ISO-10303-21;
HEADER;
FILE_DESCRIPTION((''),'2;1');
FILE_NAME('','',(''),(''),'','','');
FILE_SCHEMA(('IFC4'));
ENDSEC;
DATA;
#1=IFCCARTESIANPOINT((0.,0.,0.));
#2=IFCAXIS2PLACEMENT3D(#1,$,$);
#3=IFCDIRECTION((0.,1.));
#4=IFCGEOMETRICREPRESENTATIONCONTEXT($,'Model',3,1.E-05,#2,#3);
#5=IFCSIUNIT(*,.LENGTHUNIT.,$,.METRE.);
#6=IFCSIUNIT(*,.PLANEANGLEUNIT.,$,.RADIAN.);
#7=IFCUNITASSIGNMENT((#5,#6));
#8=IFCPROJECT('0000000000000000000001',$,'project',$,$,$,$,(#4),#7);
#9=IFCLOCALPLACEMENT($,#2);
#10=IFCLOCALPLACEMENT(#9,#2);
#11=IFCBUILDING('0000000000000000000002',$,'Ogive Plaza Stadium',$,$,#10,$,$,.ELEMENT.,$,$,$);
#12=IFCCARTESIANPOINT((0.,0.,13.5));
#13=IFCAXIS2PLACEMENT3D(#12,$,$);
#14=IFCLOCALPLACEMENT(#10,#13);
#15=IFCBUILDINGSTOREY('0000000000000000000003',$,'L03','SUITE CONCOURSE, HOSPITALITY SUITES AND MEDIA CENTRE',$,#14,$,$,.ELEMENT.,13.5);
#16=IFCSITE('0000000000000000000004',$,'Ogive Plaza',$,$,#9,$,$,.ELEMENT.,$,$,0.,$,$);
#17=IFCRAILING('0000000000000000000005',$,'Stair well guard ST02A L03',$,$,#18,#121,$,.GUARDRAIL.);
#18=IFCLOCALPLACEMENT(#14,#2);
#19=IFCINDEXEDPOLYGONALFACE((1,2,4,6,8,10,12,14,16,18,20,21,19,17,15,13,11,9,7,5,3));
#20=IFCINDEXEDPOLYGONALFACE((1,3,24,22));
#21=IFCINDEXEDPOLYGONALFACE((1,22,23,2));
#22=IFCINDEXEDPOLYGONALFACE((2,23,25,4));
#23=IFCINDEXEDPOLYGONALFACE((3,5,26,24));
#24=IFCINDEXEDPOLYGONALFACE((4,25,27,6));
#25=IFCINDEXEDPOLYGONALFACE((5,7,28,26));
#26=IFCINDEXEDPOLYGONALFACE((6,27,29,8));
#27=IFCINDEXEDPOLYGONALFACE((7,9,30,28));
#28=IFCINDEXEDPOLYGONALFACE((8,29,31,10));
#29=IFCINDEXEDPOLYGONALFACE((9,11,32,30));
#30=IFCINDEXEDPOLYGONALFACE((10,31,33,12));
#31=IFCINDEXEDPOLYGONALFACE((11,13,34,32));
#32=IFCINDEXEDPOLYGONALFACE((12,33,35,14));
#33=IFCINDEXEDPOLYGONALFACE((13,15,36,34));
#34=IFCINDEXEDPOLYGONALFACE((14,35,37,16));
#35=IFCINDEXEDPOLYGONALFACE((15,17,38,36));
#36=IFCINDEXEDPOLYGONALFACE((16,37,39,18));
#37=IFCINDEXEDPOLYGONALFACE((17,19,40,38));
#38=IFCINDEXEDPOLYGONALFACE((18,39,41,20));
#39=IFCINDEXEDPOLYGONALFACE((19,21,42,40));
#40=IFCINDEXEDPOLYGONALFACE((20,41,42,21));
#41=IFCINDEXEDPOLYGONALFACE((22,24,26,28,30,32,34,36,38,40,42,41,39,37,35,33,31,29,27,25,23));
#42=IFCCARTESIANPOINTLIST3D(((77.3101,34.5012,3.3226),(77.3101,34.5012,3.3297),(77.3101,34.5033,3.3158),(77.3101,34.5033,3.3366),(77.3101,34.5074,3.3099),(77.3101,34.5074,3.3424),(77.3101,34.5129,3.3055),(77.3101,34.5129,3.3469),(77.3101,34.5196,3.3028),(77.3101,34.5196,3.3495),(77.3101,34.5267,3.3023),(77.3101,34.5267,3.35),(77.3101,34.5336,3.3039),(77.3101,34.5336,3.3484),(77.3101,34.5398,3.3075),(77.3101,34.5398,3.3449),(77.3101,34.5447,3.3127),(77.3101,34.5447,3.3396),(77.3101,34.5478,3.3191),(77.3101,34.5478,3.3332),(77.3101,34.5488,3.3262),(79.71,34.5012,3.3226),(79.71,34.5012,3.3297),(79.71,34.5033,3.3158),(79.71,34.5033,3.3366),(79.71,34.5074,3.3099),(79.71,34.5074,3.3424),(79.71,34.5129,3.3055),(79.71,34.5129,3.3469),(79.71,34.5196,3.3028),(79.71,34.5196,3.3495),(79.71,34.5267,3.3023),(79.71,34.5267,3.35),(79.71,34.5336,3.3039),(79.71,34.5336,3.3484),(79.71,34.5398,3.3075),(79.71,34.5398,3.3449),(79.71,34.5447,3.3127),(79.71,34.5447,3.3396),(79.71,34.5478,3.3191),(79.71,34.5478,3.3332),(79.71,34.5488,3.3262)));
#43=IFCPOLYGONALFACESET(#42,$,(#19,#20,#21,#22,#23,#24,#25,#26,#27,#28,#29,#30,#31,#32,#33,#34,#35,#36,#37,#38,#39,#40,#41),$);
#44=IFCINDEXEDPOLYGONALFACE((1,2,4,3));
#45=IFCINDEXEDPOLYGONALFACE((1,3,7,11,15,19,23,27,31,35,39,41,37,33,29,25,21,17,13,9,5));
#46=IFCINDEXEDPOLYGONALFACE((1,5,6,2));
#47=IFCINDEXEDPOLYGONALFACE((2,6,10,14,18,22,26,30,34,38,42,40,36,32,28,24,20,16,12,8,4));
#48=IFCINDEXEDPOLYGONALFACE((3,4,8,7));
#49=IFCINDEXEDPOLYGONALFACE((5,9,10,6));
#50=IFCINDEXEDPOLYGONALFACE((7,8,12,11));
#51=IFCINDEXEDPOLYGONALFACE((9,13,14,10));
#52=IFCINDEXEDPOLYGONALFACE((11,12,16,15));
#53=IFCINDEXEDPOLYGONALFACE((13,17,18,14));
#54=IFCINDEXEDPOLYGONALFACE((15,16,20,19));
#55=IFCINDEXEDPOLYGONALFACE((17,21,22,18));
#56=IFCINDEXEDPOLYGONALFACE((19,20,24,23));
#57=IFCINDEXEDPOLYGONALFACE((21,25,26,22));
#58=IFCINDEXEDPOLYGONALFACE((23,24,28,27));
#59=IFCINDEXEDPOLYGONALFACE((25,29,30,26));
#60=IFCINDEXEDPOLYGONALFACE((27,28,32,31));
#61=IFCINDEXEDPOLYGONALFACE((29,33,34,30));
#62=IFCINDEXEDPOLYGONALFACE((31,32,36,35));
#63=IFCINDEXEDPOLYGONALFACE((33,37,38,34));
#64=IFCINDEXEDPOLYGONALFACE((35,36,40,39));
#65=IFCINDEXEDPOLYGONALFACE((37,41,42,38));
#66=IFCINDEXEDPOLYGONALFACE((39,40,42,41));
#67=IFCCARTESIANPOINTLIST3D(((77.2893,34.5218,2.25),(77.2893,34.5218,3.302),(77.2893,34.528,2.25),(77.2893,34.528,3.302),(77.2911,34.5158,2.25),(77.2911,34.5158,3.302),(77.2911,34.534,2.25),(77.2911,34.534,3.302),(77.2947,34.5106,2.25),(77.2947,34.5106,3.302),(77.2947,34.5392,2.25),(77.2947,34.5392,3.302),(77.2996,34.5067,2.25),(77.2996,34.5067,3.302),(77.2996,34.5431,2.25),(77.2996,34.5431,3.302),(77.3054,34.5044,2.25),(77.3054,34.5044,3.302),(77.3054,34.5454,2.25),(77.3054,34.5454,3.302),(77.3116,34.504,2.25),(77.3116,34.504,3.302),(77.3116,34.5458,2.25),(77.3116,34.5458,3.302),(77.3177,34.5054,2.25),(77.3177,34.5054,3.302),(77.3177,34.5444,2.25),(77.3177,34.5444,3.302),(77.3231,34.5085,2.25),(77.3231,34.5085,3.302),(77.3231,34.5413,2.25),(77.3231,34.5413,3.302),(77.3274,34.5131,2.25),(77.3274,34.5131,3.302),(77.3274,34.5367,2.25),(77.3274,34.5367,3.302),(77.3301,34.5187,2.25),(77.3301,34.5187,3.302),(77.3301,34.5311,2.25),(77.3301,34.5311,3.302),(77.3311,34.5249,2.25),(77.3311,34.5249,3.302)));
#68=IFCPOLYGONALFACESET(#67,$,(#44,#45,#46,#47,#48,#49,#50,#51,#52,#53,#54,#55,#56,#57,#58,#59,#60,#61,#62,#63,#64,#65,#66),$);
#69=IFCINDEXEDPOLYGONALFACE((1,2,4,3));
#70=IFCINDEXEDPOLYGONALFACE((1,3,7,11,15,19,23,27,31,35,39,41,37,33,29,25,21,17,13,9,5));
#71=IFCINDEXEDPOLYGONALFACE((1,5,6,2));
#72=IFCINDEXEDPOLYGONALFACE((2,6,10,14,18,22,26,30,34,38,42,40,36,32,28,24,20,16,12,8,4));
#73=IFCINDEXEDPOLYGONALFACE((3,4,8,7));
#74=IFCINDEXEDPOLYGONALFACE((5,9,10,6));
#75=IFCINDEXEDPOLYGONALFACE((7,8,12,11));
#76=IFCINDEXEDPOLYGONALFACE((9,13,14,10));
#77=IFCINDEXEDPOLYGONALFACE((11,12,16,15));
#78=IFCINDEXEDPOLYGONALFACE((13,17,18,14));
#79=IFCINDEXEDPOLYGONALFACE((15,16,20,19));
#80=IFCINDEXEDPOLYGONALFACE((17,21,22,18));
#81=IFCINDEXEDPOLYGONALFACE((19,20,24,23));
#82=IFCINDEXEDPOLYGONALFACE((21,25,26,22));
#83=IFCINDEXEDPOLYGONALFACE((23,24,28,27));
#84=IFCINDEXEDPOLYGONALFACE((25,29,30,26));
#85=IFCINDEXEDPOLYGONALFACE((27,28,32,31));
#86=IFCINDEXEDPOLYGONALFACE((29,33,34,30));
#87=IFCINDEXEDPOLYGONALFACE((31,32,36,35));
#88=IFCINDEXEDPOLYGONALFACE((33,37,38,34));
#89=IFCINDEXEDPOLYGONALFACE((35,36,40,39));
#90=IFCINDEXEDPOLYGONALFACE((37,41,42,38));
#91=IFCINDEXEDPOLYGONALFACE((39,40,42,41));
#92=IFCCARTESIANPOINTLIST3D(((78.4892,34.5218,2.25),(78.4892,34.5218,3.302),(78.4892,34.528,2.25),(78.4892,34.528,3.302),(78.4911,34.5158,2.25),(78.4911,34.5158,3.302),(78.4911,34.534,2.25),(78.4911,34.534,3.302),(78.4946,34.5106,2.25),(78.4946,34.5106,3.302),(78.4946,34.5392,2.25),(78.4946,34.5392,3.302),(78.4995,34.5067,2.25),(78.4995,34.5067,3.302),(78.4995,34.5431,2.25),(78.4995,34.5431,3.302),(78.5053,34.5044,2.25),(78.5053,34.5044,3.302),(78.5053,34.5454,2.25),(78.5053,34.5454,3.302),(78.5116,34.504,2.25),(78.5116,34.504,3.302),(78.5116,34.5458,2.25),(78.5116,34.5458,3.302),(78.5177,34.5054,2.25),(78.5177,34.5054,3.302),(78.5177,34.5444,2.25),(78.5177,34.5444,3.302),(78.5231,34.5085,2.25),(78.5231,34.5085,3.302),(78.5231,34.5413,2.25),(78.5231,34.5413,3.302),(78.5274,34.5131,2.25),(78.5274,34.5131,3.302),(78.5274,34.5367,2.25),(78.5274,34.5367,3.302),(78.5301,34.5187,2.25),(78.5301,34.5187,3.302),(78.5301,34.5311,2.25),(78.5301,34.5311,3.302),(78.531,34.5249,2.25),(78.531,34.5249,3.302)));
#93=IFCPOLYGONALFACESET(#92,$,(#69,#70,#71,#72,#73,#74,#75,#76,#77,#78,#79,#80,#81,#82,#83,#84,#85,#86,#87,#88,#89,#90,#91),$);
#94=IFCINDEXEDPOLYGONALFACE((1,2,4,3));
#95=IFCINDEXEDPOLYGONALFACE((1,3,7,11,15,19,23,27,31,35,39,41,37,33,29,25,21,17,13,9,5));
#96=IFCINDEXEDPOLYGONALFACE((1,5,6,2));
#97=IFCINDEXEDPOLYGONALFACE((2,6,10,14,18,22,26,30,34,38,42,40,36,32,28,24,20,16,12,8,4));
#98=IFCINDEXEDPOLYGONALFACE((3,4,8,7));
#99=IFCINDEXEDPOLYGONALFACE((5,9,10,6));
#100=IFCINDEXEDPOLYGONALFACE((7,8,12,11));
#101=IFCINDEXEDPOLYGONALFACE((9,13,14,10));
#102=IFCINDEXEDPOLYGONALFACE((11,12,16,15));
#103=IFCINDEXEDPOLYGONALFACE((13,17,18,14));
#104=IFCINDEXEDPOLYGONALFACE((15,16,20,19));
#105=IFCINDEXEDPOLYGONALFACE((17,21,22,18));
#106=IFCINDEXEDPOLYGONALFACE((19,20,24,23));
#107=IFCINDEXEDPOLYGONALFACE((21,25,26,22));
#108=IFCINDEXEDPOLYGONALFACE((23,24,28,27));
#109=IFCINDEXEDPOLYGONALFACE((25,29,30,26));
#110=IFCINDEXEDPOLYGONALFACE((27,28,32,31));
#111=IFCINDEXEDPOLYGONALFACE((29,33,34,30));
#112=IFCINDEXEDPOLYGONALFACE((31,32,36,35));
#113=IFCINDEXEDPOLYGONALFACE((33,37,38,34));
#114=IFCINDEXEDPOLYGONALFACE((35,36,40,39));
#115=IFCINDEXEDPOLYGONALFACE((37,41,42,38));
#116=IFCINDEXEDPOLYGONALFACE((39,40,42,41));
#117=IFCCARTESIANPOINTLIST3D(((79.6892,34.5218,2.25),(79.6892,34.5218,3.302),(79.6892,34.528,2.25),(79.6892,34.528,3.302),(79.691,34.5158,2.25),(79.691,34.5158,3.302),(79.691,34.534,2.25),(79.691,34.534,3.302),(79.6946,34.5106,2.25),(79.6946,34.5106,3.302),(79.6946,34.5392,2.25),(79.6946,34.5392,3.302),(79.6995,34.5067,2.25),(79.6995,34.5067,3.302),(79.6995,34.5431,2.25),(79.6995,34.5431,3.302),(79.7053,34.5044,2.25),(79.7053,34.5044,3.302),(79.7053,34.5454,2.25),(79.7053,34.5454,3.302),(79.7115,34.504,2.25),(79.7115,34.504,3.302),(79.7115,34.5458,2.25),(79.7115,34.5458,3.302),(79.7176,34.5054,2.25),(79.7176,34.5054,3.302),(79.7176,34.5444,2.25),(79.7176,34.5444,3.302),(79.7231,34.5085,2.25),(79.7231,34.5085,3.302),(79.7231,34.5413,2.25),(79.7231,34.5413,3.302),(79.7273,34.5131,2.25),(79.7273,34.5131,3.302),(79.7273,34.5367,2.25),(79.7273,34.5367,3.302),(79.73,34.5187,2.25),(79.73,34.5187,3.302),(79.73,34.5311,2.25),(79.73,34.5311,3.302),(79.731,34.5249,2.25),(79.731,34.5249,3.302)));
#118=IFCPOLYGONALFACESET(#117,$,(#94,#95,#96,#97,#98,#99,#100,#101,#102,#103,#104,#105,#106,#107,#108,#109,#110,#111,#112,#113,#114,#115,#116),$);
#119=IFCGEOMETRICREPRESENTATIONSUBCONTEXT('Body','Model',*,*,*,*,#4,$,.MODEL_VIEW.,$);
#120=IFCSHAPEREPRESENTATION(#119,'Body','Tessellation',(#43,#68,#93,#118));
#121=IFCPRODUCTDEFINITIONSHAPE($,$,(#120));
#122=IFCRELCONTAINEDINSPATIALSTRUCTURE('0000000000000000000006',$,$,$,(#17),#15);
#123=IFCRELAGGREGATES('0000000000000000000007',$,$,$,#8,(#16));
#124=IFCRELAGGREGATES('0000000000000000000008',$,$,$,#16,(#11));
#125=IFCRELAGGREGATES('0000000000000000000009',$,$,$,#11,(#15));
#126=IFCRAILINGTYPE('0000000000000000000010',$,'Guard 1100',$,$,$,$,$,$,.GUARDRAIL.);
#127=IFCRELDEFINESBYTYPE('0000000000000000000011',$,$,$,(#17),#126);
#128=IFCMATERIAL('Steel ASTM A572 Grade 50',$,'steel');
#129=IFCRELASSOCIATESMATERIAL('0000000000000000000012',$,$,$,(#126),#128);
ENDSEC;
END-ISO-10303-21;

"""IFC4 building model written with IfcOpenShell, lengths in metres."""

from ifc_helpers import new_model, si_unit, direction, frame, origin, origin_2d, place, context, subcontext, project, spatial, circle, extrude, material, type_object, element, save


model = new_model("IFC4")

# Units and contexts
model_context = context("Model", 3, precision=1e-05, world=origin(), true_north=direction((0.0, 1.0)))
body_context = subcontext(model_context, "Body", "Model", "MODEL_VIEW")
ifc_project = project(units=[si_unit("LENGTHUNIT", "METRE"), si_unit("PLANEANGLEUNIT", "RADIAN")], contexts=[model_context])

# Site, building, storey
site_placement = place(None, origin())
site = spatial("IfcSite", under=ifc_project, at=site_placement, Name="Ogive Plaza", CompositionType="ELEMENT", RefElevation=0.0)
building_placement = place(site_placement, origin())
building = spatial("IfcBuilding", under=site, at=building_placement, Name="Ogive Plaza Stadium", CompositionType="ELEMENT")
storey_placement = place(building_placement, frame((0.0, 0.0, 13.5)))
storey = spatial("IfcBuildingStorey", under=building, at=storey_placement, Name="L03", Description="SUITE CONCOURSE, HOSPITALITY SUITES AND MEDIA CENTRE", CompositionType="ELEMENT", Elevation=13.5)

# Railing
ifc_material_1 = material(Name="Steel ASTM A572 Grade 50", Category="steel")
railing_type_1 = type_object("IfcRailingType", Name="Guard 1100", PredefinedType="GUARDRAIL", material=ifc_material_1)
for number, where, name in (
    (1, (77.3101, 34.5249, 2.25), "Stair well guard ST02A L03"),
):
    element("IfcRailing", number, at=place(storey_placement, frame(where)), inside=storey, type_object=railing_type_1, Name=name, PredefinedType="GUARDRAIL", context=body_context, shape_type="SweptSolid", body=[
        extrude(circle(Radius=0.0239, at=origin_2d()), frame((0.0, 0.0, 1.0762), z_axis=(1.0, 0.0, 0.0), x_axis=(0.0, 1.0, 0.0)), (0.0, 0.0, 1.0), 2.3999),
        extrude(circle(Radius=0.021, at=origin_2d()), origin(), (0.0, 0.0, 1.0), 1.052),
        extrude(circle(Radius=0.021, at=origin_2d()), frame((1.2, 0.0, 0.0)), (0.0, 0.0, 1.0), 1.052),
        extrude(circle(Radius=0.021, at=origin_2d()), frame((2.3999, 0.0, 0.0)), (0.0, 0.0, 1.0), 1.052),
    ])

save(model, "model.ifc")
